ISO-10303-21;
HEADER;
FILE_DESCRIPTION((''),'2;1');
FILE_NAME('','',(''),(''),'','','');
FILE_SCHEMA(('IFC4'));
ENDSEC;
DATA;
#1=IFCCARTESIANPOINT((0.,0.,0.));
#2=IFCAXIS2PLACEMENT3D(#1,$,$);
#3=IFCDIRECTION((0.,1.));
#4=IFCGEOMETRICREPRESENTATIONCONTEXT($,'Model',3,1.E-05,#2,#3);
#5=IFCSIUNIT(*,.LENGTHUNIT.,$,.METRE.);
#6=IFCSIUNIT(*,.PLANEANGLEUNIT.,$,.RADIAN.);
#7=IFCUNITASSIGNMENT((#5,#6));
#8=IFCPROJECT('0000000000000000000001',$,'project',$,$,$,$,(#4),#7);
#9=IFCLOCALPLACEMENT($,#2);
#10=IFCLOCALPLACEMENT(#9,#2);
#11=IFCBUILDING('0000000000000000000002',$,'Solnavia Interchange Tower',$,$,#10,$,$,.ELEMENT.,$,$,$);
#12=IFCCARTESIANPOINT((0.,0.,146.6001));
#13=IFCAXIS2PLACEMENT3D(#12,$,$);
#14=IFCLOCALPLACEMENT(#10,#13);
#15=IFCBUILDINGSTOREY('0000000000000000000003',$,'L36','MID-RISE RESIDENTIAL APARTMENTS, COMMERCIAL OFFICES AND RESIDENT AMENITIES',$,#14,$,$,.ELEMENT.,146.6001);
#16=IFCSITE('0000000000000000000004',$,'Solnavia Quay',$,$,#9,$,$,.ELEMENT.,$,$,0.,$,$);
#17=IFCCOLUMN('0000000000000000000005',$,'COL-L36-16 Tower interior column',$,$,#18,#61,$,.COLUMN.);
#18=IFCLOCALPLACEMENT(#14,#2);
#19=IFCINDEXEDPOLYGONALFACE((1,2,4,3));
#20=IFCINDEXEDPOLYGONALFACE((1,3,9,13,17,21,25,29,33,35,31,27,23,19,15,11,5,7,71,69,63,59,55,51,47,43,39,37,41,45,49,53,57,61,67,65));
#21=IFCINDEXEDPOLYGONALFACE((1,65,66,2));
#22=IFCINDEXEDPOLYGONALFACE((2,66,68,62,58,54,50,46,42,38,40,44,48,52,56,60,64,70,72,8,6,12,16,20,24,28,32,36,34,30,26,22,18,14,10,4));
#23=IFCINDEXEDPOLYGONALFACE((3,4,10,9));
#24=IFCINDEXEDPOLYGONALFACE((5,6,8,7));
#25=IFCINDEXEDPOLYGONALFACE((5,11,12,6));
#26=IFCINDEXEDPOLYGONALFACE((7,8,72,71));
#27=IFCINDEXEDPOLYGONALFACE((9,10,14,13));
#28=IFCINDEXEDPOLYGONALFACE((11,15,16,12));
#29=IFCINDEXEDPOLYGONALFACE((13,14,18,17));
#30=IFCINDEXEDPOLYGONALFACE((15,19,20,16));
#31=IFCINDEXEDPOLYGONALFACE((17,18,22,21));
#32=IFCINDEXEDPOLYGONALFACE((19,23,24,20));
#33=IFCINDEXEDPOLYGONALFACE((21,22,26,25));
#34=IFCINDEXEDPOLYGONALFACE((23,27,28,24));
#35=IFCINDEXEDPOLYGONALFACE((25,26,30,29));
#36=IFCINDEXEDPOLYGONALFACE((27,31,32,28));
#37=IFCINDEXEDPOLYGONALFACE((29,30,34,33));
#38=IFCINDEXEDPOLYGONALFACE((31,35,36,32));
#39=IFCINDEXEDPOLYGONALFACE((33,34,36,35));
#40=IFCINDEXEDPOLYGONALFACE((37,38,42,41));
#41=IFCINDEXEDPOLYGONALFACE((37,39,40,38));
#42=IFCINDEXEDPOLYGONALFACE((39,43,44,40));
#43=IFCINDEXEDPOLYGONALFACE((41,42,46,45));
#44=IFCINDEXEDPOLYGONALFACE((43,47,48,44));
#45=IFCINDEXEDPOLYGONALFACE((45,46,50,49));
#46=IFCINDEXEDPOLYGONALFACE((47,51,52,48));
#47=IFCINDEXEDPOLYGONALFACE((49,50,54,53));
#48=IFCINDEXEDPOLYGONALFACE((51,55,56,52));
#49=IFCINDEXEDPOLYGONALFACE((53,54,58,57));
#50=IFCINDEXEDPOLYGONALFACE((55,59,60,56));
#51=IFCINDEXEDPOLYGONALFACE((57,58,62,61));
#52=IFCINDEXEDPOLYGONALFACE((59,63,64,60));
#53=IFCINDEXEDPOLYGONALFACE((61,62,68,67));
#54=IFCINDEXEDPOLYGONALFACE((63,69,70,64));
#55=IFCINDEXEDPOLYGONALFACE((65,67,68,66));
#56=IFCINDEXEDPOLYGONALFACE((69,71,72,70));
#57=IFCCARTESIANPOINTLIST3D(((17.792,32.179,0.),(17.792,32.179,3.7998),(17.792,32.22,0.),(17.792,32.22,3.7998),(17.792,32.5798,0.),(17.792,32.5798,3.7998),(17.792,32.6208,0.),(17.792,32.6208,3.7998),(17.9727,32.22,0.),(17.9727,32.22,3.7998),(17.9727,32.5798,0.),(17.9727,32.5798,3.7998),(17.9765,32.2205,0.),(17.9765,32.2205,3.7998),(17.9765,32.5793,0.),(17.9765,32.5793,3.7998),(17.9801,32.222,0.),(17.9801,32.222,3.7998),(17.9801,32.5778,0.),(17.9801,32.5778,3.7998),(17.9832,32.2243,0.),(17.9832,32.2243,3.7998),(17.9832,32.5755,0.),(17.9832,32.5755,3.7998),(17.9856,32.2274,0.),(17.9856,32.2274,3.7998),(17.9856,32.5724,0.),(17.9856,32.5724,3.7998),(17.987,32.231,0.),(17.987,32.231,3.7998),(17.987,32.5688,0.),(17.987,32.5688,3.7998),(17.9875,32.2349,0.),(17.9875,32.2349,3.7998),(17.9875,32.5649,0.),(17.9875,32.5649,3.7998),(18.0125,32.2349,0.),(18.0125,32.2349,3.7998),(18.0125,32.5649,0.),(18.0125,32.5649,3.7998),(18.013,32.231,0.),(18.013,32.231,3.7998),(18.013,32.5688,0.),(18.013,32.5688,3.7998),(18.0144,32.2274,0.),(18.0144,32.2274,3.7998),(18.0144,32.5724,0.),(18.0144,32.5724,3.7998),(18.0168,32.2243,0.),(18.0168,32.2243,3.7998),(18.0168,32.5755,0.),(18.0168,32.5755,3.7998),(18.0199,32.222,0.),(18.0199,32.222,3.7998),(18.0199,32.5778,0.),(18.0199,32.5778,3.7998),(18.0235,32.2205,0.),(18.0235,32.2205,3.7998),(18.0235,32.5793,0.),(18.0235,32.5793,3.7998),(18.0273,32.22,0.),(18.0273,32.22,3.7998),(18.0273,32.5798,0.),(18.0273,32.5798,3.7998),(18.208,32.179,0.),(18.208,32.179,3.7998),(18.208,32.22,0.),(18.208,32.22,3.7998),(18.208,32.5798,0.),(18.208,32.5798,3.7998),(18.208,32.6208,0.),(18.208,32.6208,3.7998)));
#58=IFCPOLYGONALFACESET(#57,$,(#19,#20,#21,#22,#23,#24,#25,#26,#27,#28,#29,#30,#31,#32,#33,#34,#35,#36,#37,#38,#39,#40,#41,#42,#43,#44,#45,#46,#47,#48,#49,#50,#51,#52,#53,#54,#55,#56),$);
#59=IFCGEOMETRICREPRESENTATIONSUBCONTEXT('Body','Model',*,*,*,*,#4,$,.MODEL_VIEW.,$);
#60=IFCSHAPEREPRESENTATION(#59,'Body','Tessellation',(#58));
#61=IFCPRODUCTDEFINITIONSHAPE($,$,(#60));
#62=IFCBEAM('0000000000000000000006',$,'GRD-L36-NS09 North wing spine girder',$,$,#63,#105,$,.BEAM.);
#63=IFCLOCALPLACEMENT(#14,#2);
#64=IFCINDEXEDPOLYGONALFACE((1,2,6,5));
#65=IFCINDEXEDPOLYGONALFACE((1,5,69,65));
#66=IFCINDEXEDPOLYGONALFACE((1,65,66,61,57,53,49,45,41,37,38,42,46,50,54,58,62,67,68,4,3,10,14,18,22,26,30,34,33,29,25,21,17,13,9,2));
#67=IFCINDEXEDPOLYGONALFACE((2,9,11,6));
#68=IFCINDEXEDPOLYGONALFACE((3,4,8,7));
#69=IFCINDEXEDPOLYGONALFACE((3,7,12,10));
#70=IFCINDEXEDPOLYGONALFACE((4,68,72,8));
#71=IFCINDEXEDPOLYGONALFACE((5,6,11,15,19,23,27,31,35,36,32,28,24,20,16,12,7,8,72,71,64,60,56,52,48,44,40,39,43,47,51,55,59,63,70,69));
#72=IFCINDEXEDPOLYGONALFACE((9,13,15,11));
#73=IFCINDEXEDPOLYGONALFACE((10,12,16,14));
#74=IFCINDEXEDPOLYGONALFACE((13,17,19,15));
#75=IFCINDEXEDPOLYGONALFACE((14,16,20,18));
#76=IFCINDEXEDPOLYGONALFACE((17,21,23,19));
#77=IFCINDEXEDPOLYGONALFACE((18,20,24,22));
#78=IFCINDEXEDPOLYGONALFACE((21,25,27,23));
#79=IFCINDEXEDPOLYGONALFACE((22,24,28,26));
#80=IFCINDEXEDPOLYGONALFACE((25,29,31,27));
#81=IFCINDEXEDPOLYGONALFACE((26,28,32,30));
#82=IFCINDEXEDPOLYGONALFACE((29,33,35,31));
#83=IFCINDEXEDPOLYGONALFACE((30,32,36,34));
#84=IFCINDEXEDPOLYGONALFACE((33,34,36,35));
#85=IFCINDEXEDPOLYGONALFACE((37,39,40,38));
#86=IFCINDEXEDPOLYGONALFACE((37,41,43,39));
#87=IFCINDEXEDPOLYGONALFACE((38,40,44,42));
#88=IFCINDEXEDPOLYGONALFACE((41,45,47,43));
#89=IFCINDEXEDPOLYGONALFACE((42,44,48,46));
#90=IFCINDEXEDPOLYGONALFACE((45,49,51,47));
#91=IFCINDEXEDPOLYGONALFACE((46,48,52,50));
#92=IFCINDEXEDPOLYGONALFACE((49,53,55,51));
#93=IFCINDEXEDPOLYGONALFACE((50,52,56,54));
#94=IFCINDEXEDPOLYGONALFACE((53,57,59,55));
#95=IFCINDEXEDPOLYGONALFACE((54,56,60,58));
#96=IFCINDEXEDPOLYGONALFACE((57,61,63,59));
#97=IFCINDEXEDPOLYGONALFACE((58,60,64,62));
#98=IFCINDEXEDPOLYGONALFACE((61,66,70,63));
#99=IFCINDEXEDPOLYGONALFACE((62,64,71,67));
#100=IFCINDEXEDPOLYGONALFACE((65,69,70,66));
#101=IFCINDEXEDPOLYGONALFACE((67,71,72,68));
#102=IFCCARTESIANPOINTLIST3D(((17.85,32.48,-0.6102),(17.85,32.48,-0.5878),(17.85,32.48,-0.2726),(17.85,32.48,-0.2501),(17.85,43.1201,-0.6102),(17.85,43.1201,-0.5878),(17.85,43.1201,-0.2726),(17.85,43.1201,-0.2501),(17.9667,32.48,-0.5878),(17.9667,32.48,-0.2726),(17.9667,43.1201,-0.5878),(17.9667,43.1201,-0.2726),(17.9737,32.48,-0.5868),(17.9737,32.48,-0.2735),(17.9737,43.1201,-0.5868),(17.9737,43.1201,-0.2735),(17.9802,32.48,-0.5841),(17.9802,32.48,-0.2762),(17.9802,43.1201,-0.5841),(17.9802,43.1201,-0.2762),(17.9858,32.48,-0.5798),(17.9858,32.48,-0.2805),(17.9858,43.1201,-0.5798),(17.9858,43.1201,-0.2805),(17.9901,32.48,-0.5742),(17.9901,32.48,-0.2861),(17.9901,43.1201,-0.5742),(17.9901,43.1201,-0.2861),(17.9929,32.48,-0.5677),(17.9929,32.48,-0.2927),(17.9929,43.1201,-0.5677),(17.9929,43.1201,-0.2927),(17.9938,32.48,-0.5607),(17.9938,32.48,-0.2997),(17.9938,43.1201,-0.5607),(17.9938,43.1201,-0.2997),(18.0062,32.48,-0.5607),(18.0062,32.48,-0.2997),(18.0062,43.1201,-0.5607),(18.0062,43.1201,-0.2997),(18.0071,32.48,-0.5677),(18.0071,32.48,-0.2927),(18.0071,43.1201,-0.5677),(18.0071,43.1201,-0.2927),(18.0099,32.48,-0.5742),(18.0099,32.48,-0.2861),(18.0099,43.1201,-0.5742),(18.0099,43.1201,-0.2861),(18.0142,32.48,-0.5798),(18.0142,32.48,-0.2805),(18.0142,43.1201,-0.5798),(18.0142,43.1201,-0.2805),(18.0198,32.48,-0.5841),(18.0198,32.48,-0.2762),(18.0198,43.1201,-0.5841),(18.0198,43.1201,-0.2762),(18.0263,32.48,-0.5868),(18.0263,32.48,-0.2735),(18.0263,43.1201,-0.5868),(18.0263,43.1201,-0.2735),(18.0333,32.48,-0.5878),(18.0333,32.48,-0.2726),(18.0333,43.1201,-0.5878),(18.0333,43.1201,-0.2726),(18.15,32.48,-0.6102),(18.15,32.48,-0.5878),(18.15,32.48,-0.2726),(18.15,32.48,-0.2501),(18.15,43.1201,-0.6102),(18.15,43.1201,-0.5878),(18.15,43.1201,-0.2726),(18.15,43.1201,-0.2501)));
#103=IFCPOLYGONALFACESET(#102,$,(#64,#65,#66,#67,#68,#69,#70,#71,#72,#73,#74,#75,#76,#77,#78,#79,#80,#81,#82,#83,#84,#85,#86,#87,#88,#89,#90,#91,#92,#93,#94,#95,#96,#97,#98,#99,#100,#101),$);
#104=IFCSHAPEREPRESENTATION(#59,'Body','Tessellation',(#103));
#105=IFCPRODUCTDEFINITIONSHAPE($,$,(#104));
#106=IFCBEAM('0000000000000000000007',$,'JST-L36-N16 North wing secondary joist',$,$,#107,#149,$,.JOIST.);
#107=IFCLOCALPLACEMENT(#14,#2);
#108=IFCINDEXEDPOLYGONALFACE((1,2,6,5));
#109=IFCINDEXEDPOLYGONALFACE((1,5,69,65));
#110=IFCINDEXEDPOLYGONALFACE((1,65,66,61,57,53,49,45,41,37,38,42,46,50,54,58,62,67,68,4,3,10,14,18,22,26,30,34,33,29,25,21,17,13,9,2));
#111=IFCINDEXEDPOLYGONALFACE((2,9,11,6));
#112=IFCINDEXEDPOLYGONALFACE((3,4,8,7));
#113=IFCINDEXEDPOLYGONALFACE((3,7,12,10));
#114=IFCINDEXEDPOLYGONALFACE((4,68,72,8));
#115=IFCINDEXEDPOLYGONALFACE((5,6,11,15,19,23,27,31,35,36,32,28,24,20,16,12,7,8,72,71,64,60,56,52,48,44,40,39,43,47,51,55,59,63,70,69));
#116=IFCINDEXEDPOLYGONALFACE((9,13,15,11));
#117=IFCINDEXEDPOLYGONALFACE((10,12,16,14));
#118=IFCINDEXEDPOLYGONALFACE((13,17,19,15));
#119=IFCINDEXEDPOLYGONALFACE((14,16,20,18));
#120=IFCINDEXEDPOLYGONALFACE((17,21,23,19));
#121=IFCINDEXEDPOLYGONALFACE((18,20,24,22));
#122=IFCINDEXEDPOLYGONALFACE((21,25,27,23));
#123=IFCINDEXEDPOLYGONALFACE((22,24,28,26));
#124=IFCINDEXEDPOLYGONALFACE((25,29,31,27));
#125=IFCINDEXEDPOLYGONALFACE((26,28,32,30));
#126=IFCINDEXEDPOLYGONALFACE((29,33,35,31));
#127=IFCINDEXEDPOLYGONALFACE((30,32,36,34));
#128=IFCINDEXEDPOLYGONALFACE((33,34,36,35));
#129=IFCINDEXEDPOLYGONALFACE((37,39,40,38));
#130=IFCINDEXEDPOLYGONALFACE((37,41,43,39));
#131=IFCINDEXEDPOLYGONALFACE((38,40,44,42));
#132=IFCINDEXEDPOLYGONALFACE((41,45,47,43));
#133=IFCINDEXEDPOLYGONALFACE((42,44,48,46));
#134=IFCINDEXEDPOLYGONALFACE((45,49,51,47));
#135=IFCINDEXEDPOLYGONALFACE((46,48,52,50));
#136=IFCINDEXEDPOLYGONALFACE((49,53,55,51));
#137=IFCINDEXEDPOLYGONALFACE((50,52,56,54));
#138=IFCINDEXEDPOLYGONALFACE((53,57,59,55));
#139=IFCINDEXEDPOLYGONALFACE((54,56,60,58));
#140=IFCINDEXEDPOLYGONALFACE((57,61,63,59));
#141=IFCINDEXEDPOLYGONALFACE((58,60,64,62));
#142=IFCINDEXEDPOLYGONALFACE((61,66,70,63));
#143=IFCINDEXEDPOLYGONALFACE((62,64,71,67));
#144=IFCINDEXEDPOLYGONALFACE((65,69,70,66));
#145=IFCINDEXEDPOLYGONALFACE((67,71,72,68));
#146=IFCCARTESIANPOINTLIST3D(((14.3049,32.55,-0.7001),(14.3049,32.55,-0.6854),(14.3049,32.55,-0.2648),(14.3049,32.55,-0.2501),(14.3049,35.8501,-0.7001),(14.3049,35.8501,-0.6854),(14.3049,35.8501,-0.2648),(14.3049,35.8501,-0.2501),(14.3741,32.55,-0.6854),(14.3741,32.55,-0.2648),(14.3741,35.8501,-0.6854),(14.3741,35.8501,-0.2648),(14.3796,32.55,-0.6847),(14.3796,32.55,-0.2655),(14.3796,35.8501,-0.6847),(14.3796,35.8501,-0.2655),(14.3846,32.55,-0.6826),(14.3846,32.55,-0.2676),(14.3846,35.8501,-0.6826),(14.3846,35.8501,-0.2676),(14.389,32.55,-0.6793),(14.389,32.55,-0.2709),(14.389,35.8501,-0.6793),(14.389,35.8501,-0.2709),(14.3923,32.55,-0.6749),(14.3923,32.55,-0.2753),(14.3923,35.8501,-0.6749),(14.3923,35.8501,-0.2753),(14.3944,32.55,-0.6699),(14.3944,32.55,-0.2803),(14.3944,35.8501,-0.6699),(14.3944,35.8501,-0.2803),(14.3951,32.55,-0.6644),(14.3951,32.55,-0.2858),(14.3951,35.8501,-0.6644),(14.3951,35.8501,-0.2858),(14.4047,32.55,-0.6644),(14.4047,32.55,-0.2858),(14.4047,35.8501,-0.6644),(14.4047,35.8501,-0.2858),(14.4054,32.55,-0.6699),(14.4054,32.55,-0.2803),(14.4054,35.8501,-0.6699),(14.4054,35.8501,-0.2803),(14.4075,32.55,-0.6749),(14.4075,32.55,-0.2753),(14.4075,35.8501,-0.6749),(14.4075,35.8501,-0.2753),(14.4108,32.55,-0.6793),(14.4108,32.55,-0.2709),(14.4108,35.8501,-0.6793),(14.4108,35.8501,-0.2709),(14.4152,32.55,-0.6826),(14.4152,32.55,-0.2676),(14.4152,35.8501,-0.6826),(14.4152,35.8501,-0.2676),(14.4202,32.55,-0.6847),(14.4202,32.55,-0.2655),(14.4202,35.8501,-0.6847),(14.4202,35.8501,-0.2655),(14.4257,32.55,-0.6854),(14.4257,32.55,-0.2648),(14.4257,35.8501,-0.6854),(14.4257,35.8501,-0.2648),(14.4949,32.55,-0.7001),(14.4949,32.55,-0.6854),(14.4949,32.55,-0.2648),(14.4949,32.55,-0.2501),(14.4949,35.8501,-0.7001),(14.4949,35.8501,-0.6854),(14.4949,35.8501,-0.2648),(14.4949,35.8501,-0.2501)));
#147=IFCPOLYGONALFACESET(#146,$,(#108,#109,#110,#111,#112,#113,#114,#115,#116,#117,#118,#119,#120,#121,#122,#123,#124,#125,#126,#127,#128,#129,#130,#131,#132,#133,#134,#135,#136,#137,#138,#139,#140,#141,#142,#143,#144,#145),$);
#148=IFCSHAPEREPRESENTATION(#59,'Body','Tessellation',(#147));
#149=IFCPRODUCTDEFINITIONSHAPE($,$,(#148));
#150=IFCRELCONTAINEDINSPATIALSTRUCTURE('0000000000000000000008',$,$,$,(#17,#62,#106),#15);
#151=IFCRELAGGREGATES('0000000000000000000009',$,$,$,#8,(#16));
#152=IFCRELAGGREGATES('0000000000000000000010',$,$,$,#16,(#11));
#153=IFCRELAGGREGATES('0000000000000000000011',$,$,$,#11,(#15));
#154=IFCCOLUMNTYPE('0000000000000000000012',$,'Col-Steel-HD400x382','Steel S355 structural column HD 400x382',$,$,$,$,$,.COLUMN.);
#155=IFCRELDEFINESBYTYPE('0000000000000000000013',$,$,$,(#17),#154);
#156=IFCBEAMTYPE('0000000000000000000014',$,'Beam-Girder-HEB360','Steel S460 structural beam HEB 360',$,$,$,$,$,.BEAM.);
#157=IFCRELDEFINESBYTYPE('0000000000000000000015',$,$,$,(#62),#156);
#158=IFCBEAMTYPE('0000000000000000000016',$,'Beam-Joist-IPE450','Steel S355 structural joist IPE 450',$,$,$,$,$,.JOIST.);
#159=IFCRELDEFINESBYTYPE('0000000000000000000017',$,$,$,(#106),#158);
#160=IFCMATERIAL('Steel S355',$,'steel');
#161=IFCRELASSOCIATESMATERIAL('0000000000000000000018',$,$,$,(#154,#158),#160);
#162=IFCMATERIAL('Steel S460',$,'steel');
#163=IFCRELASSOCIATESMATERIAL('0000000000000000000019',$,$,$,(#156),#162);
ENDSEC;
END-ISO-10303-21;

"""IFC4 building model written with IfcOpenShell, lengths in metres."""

from ifc_helpers import new_model, si_unit, direction, frame, origin, origin_2d, place, context, subcontext, project, spatial, i_section, extrude, material, material_profile, profile_set, type_object, element, save


model = new_model("IFC4")

# Units and contexts
model_context = context("Model", 3, precision=1e-05, world=origin(), true_north=direction((0.0, 1.0)))
body_context = subcontext(model_context, "Body", "Model", "MODEL_VIEW")
ifc_project = project(units=[si_unit("LENGTHUNIT", "METRE"), si_unit("PLANEANGLEUNIT", "RADIAN")], contexts=[model_context])

# Site, building, storey
site_placement = place(None, origin())
site = spatial("IfcSite", under=ifc_project, at=site_placement, Name="Solnavia Quay", CompositionType="ELEMENT", RefElevation=0.0)
building_placement = place(site_placement, origin())
building = spatial("IfcBuilding", under=site, at=building_placement, Name="Solnavia Interchange Tower", CompositionType="ELEMENT")
storey_placement = place(building_placement, frame((0.0, 0.0, 146.6001)))
storey = spatial("IfcBuildingStorey", under=building, at=storey_placement, Name="L36", Description="MID-RISE RESIDENTIAL APARTMENTS, COMMERCIAL OFFICES AND RESIDENT AMENITIES", CompositionType="ELEMENT", Elevation=146.6001)

# Column
ifc_material_1 = material(Name="Steel S355", Category="steel")
ifc_material_profile_1 = material_profile(ifc_material_1, i_section(OverallWidth=0.416, OverallDepth=0.4419, WebThickness=0.0249, FlangeThickness=0.041, FilletRadius=0.0149, at=origin_2d()), Name="HD 400x382")
ifc_profile_set_1 = profile_set([ifc_material_profile_1], Name="Steel S355")
column_type = type_object("IfcColumnType", Name="Col-Steel-HD400x382", Description="Steel S355 structural column HD 400x382", PredefinedType="COLUMN", material=ifc_profile_set_1)
column_placement = place(storey_placement, frame((18.0, 32.3999, 0.0), z_axis=(0.0, 0.0, 1.0), x_axis=(1.0, 0.0, 0.0)))
element("IfcColumn", 1, at=column_placement, inside=storey, type_object=column_type, Name="COL-L36-16 Tower interior column", PredefinedType="COLUMN", context=body_context, shape_type="SweptSolid", body=[
    extrude(i_section(OverallWidth=0.416, OverallDepth=0.4419, WebThickness=0.0249, FlangeThickness=0.041, FilletRadius=0.0149, at=origin_2d()), origin(), (0.0, 0.0, 1.0), 3.7998),
])

# Beams
ifc_material_2 = material(Name="Steel S460", Category="steel")
ifc_material_profile_2 = material_profile(ifc_material_2, i_section(OverallWidth=0.3, OverallDepth=0.3601, WebThickness=0.0125, FlangeThickness=0.0225, FilletRadius=0.0271, at=origin_2d()), Name="HEB 360")
ifc_profile_set_2 = profile_set([ifc_material_profile_2], Name="Steel S460")
beam_type_1 = type_object("IfcBeamType", Name="Beam-Girder-HEB360", Description="Steel S460 structural beam HEB 360", PredefinedType="BEAM", material=ifc_profile_set_2)
beam_1_placement = place(storey_placement, frame((18.0, 32.48, -0.4302), z_axis=(0.0, 1.0, 0.0), x_axis=(-1.0, 0.0, 0.0)))
element("IfcBeam", 2, at=beam_1_placement, inside=storey, type_object=beam_type_1, Name="GRD-L36-NS09 North wing spine girder", PredefinedType="BEAM", context=body_context, shape_type="SweptSolid", body=[
    extrude(i_section(OverallWidth=0.3, OverallDepth=0.3601, WebThickness=0.0125, FlangeThickness=0.0225, FilletRadius=0.0271, at=origin_2d()), origin(), (0.0, 0.0, 1.0), 10.6401),
])
ifc_material_profile_3 = material_profile(ifc_material_1, i_section(OverallWidth=0.1899, OverallDepth=0.45, WebThickness=0.0095, FlangeThickness=0.0146, FilletRadius=0.021, at=origin_2d()), Name="IPE 450")
ifc_profile_set_3 = profile_set([ifc_material_profile_3], Name="Steel S355")
beam_type_2 = type_object("IfcBeamType", Name="Beam-Joist-IPE450", Description="Steel S355 structural joist IPE 450", PredefinedType="JOIST", material=ifc_profile_set_3)
beam_2_placement = place(storey_placement, frame((14.3999, 32.55, -0.4751), z_axis=(0.0, 1.0, 0.0), x_axis=(-1.0, 0.0, 0.0)))
element("IfcBeam", 3, at=beam_2_placement, inside=storey, type_object=beam_type_2, Name="JST-L36-N16 North wing secondary joist", PredefinedType="JOIST", context=body_context, shape_type="SweptSolid", body=[
    extrude(i_section(OverallWidth=0.1899, OverallDepth=0.45, WebThickness=0.0095, FlangeThickness=0.0146, FilletRadius=0.021, at=origin_2d()), origin(), (0.0, 0.0, 1.0), 3.3),
])

save(model, "model.ifc")
